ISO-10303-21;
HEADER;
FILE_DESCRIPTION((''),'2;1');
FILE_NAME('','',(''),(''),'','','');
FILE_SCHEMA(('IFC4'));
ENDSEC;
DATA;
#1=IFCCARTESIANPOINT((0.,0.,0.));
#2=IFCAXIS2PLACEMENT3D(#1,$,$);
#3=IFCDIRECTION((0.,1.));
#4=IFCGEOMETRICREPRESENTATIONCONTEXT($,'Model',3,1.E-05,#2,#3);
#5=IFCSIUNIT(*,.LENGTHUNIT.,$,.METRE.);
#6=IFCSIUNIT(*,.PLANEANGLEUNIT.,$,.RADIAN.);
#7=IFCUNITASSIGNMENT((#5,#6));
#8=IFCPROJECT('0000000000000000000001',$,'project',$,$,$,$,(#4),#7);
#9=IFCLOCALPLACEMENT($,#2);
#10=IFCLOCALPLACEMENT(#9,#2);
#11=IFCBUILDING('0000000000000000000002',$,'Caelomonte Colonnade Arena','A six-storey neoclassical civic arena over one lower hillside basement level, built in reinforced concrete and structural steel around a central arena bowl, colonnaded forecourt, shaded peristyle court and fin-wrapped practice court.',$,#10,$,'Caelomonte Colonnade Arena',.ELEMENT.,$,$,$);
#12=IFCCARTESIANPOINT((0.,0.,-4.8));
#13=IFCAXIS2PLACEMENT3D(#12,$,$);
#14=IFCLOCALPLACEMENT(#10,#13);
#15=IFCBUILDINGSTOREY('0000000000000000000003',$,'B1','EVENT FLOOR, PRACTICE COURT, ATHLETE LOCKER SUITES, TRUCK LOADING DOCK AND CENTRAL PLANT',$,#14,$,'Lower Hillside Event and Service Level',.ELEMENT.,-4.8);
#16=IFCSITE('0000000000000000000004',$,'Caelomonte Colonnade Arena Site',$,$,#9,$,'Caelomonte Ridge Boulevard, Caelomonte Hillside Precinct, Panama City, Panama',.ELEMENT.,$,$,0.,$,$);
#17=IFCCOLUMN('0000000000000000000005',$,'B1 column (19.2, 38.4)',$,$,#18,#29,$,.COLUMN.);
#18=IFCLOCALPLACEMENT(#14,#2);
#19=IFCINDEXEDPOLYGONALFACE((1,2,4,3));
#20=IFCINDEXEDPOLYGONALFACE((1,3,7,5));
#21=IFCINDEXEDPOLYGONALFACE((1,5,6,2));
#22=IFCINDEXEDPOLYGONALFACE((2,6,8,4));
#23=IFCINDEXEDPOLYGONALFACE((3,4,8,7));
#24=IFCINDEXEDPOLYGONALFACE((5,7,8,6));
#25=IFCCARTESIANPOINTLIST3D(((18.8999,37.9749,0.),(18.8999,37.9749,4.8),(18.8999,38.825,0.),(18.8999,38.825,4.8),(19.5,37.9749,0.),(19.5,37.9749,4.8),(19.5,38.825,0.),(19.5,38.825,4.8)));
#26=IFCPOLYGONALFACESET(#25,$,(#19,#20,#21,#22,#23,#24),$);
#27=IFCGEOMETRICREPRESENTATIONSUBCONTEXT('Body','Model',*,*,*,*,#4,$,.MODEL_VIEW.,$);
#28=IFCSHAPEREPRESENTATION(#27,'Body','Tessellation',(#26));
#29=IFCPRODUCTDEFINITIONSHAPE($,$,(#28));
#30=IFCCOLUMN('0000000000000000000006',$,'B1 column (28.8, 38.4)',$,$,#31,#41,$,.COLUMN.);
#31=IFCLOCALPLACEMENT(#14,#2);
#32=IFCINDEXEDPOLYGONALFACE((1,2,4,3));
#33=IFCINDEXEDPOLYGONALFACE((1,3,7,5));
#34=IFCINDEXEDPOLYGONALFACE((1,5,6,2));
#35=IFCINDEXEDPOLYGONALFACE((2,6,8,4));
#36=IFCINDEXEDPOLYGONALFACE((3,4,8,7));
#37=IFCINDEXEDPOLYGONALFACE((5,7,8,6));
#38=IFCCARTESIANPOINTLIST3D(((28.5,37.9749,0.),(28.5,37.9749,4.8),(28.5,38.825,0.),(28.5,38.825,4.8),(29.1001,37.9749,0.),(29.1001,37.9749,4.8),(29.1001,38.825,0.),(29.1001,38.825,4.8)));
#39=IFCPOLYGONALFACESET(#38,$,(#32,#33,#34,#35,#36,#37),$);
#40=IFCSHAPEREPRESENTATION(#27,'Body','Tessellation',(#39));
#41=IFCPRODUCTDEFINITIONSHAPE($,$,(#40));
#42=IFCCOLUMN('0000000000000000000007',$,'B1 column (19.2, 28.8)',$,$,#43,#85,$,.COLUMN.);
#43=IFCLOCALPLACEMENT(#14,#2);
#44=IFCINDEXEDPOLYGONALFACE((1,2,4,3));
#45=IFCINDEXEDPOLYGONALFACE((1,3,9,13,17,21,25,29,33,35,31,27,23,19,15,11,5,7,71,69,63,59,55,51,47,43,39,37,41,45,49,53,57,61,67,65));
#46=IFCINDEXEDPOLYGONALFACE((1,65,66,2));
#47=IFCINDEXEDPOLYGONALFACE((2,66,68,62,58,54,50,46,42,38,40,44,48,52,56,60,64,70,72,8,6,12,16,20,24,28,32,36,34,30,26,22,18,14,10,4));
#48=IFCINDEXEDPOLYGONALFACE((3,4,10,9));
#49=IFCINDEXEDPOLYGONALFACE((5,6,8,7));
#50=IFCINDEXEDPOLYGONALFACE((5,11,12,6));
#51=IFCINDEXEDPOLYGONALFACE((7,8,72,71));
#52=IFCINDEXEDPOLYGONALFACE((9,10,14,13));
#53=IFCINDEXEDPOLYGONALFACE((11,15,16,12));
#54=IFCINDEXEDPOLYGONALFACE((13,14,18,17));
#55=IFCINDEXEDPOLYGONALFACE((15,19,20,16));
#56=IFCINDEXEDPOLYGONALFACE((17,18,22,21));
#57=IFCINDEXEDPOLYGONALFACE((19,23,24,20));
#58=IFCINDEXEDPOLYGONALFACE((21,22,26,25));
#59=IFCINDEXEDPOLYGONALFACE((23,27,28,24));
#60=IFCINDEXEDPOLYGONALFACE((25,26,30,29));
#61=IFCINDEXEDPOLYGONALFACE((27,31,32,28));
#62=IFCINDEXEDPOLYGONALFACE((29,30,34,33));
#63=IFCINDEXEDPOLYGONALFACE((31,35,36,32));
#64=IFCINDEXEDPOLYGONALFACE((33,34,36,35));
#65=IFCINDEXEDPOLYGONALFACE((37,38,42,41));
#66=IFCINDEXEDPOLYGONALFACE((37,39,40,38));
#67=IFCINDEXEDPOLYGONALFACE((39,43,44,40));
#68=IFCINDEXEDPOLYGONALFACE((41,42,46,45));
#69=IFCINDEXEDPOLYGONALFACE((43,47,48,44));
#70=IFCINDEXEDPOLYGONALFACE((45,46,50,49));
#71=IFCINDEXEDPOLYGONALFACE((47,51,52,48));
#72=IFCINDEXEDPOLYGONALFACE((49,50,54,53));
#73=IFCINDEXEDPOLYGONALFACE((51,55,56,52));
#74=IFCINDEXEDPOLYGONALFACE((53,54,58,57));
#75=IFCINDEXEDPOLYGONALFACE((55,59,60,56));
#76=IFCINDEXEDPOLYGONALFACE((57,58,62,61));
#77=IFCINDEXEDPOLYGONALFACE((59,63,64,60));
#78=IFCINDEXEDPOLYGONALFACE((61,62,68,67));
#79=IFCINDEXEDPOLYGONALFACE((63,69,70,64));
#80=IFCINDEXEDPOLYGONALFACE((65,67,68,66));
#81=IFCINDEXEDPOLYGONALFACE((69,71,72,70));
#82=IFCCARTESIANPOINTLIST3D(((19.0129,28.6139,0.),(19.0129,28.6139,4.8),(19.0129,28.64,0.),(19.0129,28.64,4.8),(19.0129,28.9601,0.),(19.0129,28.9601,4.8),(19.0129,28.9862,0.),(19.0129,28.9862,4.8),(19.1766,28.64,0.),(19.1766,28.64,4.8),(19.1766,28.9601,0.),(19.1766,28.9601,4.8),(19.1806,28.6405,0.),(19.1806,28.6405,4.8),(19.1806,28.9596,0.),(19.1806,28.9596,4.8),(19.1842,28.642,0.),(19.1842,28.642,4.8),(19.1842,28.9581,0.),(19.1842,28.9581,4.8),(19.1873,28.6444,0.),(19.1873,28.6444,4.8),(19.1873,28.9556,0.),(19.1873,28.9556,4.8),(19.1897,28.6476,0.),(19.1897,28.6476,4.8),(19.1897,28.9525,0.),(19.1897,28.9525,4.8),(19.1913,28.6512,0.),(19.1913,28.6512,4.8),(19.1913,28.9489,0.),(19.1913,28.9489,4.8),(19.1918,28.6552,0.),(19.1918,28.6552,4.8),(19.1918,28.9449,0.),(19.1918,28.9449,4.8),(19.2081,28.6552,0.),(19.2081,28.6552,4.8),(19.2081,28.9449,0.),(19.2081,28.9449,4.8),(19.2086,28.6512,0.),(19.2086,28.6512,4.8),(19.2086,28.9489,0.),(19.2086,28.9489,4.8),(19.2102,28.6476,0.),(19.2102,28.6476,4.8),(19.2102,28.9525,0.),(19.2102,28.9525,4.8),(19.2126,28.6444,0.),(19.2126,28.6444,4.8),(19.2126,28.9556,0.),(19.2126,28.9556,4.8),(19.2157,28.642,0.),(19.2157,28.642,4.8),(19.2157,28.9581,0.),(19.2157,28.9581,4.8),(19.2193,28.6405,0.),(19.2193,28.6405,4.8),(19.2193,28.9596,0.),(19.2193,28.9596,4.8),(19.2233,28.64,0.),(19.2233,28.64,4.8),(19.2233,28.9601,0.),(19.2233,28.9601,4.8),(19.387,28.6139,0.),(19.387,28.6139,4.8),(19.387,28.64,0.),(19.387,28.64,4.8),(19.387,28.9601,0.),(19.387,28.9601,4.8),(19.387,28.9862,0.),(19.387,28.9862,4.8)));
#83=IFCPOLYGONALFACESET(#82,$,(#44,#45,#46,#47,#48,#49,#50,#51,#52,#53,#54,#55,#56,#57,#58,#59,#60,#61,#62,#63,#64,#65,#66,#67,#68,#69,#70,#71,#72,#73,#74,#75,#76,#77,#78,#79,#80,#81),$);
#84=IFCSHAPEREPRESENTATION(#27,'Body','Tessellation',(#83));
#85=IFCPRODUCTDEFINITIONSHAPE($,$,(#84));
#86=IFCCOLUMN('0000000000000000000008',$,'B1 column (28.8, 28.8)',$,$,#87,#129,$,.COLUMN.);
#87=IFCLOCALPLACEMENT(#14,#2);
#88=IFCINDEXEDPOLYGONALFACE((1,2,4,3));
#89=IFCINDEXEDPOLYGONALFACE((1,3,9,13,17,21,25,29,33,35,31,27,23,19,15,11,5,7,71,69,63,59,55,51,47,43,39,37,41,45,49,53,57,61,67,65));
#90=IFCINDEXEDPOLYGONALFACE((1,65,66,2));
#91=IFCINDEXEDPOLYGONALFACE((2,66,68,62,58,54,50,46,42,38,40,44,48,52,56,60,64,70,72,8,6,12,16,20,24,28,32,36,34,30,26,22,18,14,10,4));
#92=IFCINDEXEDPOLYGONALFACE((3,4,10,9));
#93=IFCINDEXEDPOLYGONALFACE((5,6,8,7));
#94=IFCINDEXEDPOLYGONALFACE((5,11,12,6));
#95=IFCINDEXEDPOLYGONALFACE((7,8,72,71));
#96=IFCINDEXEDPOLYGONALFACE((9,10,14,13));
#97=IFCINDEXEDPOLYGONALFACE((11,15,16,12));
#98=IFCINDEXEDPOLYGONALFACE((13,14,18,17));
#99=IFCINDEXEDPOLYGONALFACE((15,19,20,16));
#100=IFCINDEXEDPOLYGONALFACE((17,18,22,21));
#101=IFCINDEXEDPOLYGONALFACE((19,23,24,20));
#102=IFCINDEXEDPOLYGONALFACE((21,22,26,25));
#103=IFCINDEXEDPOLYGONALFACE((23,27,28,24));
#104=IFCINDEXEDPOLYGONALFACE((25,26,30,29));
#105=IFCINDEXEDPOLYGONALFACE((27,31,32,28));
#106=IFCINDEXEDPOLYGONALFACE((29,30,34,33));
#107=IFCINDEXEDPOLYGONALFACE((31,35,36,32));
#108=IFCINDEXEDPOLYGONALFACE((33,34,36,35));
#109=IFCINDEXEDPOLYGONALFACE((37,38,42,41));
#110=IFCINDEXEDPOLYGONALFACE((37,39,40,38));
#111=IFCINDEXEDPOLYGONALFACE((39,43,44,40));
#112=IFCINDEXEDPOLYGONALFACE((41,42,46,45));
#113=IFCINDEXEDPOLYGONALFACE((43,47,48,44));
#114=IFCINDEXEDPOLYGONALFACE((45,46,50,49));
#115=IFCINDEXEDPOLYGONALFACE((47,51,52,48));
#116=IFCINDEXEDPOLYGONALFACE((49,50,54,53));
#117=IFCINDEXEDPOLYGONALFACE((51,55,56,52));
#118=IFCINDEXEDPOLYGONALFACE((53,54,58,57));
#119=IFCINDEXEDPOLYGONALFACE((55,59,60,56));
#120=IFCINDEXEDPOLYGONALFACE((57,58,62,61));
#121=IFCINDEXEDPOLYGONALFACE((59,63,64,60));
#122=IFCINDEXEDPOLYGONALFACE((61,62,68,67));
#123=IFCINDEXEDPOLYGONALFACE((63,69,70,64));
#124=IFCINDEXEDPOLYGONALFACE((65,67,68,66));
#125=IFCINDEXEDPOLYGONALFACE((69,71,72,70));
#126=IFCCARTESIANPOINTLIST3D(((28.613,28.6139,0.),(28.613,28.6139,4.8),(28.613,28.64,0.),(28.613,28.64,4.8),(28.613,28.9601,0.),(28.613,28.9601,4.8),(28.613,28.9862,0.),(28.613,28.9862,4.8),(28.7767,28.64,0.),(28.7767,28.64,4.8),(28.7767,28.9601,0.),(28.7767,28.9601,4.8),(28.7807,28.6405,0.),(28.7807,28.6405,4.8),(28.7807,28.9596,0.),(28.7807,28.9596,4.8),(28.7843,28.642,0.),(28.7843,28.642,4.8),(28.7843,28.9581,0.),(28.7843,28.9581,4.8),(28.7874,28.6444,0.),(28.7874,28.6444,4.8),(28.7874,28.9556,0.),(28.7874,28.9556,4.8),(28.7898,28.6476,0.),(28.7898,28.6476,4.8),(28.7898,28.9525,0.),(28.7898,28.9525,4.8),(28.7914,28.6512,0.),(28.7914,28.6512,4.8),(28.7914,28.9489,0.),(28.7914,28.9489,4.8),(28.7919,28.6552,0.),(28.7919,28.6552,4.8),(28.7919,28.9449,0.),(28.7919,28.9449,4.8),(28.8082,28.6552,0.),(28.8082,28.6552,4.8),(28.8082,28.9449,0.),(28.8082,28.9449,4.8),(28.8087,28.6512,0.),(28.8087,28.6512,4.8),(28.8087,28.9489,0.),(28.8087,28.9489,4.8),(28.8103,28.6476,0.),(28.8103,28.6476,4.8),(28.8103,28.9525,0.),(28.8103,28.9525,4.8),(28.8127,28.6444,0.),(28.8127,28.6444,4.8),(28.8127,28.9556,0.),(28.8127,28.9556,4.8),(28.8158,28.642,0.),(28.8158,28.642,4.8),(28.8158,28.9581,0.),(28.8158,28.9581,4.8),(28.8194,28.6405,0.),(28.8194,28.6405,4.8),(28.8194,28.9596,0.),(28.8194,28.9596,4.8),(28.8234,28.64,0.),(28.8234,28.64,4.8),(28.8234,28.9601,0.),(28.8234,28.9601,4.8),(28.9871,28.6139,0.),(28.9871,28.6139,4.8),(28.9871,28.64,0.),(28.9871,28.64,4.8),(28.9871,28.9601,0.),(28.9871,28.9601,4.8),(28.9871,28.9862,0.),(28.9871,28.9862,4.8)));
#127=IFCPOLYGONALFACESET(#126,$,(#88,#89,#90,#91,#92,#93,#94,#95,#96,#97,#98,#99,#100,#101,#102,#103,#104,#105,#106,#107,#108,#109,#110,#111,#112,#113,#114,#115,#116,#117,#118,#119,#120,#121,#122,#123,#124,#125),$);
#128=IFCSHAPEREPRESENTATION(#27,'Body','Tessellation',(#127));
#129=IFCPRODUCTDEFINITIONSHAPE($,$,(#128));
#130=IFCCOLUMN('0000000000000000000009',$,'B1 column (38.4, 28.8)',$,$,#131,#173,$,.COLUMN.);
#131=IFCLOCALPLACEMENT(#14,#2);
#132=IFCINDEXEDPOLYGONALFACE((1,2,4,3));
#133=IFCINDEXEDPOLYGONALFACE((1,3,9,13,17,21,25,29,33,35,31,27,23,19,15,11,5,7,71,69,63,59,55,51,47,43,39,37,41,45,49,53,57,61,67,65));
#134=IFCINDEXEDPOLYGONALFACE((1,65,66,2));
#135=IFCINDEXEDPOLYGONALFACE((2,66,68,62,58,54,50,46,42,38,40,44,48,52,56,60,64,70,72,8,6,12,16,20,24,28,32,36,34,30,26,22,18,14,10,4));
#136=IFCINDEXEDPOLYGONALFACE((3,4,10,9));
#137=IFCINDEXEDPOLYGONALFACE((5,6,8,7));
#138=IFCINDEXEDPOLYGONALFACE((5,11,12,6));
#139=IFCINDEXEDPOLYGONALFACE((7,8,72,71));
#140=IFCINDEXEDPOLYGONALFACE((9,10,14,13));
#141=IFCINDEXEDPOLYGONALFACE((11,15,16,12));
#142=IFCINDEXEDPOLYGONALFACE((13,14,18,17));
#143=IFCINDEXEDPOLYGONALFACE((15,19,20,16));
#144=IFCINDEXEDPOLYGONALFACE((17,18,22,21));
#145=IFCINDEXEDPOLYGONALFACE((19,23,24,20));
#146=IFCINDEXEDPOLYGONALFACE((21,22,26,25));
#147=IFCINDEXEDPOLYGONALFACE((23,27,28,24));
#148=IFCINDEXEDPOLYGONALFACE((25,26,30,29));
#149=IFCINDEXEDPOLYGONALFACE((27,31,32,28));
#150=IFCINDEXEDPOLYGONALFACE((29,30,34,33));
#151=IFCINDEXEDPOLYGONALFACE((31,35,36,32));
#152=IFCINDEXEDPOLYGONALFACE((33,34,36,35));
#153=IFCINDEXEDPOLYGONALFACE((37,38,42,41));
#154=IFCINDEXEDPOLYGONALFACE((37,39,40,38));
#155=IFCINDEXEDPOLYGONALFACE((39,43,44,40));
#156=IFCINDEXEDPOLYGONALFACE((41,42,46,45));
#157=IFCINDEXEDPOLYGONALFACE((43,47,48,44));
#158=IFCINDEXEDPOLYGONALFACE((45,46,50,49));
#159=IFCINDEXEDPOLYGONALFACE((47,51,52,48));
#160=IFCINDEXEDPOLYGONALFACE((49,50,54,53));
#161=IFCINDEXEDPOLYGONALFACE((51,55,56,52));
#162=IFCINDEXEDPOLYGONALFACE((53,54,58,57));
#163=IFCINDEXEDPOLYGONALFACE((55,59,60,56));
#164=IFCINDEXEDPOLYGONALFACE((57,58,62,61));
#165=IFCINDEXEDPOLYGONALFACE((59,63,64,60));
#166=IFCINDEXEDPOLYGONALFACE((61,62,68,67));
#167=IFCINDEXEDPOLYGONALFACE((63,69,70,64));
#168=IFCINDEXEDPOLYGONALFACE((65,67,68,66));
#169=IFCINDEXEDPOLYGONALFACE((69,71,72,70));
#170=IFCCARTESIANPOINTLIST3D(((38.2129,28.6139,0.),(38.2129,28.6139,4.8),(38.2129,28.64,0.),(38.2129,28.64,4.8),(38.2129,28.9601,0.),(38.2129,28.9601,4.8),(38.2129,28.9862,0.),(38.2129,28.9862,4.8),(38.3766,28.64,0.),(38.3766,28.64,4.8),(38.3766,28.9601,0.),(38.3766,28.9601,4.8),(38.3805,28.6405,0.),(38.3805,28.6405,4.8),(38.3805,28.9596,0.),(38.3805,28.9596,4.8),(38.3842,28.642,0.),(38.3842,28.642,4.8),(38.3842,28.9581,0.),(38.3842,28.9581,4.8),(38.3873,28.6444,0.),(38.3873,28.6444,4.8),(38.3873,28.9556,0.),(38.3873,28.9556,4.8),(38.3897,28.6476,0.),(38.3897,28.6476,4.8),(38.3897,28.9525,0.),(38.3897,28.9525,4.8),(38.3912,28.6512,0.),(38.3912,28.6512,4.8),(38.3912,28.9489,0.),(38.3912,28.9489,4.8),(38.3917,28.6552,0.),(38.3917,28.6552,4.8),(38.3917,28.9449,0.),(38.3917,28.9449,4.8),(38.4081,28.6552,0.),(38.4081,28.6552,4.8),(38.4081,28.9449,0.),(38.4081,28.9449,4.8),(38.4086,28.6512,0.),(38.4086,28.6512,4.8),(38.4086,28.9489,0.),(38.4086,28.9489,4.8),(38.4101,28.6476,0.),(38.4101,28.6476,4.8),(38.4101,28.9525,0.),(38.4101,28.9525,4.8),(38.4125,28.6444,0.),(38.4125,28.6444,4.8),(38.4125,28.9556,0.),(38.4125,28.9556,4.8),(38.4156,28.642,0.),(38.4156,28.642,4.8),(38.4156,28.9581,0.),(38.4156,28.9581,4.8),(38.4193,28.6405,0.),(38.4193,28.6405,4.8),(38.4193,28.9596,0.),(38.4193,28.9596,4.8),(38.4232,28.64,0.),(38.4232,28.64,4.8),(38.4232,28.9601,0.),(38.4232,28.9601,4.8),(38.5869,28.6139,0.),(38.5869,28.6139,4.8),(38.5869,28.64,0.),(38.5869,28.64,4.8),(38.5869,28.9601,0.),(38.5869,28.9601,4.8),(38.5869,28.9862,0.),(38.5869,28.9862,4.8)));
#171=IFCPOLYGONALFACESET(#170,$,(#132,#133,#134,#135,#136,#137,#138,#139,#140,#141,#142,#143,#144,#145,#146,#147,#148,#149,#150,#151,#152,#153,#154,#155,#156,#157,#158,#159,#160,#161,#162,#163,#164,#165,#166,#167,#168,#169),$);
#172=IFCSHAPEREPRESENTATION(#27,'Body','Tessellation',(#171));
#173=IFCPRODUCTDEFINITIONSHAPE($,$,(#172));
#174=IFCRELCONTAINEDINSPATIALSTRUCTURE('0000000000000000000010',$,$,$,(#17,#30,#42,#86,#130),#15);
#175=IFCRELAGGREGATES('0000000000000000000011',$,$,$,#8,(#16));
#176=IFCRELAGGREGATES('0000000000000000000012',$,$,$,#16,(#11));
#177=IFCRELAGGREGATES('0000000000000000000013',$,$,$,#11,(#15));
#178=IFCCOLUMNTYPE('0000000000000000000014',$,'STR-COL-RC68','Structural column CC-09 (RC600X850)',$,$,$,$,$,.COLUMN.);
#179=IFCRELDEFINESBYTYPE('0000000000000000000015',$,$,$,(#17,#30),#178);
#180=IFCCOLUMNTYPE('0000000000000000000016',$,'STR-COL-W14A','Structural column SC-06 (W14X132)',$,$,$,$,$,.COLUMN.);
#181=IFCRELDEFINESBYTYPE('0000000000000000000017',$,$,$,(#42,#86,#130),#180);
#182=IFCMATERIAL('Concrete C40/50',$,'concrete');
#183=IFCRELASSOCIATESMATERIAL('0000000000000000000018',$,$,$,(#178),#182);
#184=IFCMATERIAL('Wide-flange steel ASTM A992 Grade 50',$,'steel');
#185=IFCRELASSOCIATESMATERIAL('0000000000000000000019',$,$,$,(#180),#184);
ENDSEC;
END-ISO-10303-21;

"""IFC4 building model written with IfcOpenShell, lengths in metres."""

from ifc_helpers import new_model, si_unit, direction, frame, origin, origin_2d, place, context, subcontext, project, spatial, rectangle, i_section, extrude, material, material_profile, profile_set, type_object, element, save


model = new_model("IFC4")

# Units and contexts
model_context = context("Model", 3, precision=1e-05, world=origin(), true_north=direction((0.0, 1.0)))
body_context = subcontext(model_context, "Body", "Model", "MODEL_VIEW")
ifc_project = project(units=[si_unit("LENGTHUNIT", "METRE"), si_unit("PLANEANGLEUNIT", "RADIAN")], contexts=[model_context])

# Site, building, storey
site_placement = place(None, origin())
site = spatial("IfcSite", under=ifc_project, at=site_placement, Name="Caelomonte Colonnade Arena Site", LongName="Caelomonte Ridge Boulevard, Caelomonte Hillside Precinct, Panama City, Panama", CompositionType="ELEMENT", RefElevation=0.0)
building_placement = place(site_placement, origin())
building = spatial("IfcBuilding", under=site, at=building_placement, Name="Caelomonte Colonnade Arena", Description="A six-storey neoclassical civic arena over one lower hillside basement level, built in reinforced concrete and structural steel around a central arena bowl, colonnaded forecourt, shaded peristyle court and fin-wrapped practice court.", LongName="Caelomonte Colonnade Arena", CompositionType="ELEMENT")
storey_placement = place(building_placement, frame((0.0, 0.0, -4.8)))
storey = spatial("IfcBuildingStorey", under=building, at=storey_placement, Name="B1", Description="EVENT FLOOR, PRACTICE COURT, ATHLETE LOCKER SUITES, TRUCK LOADING DOCK AND CENTRAL PLANT", LongName="Lower Hillside Event and Service Level", CompositionType="ELEMENT", Elevation=-4.8)

# Shared definitions
ifc_material_1 = material(Name="Concrete C40/50", Category="concrete")

# Columns
ifc_material_profile_1 = material_profile(ifc_material_1, rectangle(XDim=0.6001, YDim=0.8501, at=origin_2d()), Name="RC600X850")
ifc_profile_set_1 = profile_set([ifc_material_profile_1], Name="Concrete C40/50")
column_type_1 = type_object("IfcColumnType", Name="STR-COL-RC68", Description="Structural column CC-09 (RC600X850)", PredefinedType="COLUMN", material=ifc_profile_set_1)
for number, where, z_axis, x_axis, name in (
    (1, (19.2, 38.3999, 0.0), (0.0, 0.0, 1.0), (1.0, 0.0, 0.0), "B1 column (19.2, 38.4)"),
    (2, (28.8, 38.3999, 0.0), (0.0, 0.0, 1.0), (1.0, 0.0, 0.0), "B1 column (28.8, 38.4)"),
):
    element("IfcColumn", number, at=place(storey_placement, frame(where, z_axis=z_axis, x_axis=x_axis)), inside=storey, type_object=column_type_1, Name=name, PredefinedType="COLUMN", context=body_context, shape_type="SweptSolid", body=[
        extrude(rectangle(XDim=0.6001, YDim=0.8501, at=origin_2d()), origin(), (0.0, 0.0, 1.0), 4.8),
    ])
ifc_material_2 = material(Name="Wide-flange steel ASTM A992 Grade 50", Category="steel")
ifc_material_profile_2 = material_profile(ifc_material_2, i_section(OverallWidth=0.374, OverallDepth=0.3723, WebThickness=0.0164, FlangeThickness=0.0261, FilletRadius=0.0151, at=origin_2d()), Name="W14X132")
ifc_profile_set_2 = profile_set([ifc_material_profile_2], Name="Wide-flange steel ASTM A992 Grade 50")
column_type_2 = type_object("IfcColumnType", Name="STR-COL-W14A", Description="Structural column SC-06 (W14X132)", PredefinedType="COLUMN", material=ifc_profile_set_2)
for number, where, z_axis, x_axis, name in (
    (3, (19.2, 28.8, 0.0), (0.0, 0.0, 1.0), (1.0, 0.0, 0.0), "B1 column (19.2, 28.8)"),
    (4, (28.8, 28.8, 0.0), (0.0, 0.0, 1.0), (1.0, 0.0, 0.0), "B1 column (28.8, 28.8)"),
    (5, (38.3999, 28.8, 0.0), (0.0, 0.0, 1.0), (1.0, 0.0, 0.0), "B1 column (38.4, 28.8)"),
):
    element("IfcColumn", number, at=place(storey_placement, frame(where, z_axis=z_axis, x_axis=x_axis)), inside=storey, type_object=column_type_2, Name=name, PredefinedType="COLUMN", context=body_context, shape_type="SweptSolid", body=[
        extrude(i_section(OverallWidth=0.374, OverallDepth=0.3723, WebThickness=0.0164, FlangeThickness=0.0261, FilletRadius=0.0151, at=origin_2d()), origin(), (0.0, 0.0, 1.0), 4.8),
    ])

save(model, "model.ifc")
